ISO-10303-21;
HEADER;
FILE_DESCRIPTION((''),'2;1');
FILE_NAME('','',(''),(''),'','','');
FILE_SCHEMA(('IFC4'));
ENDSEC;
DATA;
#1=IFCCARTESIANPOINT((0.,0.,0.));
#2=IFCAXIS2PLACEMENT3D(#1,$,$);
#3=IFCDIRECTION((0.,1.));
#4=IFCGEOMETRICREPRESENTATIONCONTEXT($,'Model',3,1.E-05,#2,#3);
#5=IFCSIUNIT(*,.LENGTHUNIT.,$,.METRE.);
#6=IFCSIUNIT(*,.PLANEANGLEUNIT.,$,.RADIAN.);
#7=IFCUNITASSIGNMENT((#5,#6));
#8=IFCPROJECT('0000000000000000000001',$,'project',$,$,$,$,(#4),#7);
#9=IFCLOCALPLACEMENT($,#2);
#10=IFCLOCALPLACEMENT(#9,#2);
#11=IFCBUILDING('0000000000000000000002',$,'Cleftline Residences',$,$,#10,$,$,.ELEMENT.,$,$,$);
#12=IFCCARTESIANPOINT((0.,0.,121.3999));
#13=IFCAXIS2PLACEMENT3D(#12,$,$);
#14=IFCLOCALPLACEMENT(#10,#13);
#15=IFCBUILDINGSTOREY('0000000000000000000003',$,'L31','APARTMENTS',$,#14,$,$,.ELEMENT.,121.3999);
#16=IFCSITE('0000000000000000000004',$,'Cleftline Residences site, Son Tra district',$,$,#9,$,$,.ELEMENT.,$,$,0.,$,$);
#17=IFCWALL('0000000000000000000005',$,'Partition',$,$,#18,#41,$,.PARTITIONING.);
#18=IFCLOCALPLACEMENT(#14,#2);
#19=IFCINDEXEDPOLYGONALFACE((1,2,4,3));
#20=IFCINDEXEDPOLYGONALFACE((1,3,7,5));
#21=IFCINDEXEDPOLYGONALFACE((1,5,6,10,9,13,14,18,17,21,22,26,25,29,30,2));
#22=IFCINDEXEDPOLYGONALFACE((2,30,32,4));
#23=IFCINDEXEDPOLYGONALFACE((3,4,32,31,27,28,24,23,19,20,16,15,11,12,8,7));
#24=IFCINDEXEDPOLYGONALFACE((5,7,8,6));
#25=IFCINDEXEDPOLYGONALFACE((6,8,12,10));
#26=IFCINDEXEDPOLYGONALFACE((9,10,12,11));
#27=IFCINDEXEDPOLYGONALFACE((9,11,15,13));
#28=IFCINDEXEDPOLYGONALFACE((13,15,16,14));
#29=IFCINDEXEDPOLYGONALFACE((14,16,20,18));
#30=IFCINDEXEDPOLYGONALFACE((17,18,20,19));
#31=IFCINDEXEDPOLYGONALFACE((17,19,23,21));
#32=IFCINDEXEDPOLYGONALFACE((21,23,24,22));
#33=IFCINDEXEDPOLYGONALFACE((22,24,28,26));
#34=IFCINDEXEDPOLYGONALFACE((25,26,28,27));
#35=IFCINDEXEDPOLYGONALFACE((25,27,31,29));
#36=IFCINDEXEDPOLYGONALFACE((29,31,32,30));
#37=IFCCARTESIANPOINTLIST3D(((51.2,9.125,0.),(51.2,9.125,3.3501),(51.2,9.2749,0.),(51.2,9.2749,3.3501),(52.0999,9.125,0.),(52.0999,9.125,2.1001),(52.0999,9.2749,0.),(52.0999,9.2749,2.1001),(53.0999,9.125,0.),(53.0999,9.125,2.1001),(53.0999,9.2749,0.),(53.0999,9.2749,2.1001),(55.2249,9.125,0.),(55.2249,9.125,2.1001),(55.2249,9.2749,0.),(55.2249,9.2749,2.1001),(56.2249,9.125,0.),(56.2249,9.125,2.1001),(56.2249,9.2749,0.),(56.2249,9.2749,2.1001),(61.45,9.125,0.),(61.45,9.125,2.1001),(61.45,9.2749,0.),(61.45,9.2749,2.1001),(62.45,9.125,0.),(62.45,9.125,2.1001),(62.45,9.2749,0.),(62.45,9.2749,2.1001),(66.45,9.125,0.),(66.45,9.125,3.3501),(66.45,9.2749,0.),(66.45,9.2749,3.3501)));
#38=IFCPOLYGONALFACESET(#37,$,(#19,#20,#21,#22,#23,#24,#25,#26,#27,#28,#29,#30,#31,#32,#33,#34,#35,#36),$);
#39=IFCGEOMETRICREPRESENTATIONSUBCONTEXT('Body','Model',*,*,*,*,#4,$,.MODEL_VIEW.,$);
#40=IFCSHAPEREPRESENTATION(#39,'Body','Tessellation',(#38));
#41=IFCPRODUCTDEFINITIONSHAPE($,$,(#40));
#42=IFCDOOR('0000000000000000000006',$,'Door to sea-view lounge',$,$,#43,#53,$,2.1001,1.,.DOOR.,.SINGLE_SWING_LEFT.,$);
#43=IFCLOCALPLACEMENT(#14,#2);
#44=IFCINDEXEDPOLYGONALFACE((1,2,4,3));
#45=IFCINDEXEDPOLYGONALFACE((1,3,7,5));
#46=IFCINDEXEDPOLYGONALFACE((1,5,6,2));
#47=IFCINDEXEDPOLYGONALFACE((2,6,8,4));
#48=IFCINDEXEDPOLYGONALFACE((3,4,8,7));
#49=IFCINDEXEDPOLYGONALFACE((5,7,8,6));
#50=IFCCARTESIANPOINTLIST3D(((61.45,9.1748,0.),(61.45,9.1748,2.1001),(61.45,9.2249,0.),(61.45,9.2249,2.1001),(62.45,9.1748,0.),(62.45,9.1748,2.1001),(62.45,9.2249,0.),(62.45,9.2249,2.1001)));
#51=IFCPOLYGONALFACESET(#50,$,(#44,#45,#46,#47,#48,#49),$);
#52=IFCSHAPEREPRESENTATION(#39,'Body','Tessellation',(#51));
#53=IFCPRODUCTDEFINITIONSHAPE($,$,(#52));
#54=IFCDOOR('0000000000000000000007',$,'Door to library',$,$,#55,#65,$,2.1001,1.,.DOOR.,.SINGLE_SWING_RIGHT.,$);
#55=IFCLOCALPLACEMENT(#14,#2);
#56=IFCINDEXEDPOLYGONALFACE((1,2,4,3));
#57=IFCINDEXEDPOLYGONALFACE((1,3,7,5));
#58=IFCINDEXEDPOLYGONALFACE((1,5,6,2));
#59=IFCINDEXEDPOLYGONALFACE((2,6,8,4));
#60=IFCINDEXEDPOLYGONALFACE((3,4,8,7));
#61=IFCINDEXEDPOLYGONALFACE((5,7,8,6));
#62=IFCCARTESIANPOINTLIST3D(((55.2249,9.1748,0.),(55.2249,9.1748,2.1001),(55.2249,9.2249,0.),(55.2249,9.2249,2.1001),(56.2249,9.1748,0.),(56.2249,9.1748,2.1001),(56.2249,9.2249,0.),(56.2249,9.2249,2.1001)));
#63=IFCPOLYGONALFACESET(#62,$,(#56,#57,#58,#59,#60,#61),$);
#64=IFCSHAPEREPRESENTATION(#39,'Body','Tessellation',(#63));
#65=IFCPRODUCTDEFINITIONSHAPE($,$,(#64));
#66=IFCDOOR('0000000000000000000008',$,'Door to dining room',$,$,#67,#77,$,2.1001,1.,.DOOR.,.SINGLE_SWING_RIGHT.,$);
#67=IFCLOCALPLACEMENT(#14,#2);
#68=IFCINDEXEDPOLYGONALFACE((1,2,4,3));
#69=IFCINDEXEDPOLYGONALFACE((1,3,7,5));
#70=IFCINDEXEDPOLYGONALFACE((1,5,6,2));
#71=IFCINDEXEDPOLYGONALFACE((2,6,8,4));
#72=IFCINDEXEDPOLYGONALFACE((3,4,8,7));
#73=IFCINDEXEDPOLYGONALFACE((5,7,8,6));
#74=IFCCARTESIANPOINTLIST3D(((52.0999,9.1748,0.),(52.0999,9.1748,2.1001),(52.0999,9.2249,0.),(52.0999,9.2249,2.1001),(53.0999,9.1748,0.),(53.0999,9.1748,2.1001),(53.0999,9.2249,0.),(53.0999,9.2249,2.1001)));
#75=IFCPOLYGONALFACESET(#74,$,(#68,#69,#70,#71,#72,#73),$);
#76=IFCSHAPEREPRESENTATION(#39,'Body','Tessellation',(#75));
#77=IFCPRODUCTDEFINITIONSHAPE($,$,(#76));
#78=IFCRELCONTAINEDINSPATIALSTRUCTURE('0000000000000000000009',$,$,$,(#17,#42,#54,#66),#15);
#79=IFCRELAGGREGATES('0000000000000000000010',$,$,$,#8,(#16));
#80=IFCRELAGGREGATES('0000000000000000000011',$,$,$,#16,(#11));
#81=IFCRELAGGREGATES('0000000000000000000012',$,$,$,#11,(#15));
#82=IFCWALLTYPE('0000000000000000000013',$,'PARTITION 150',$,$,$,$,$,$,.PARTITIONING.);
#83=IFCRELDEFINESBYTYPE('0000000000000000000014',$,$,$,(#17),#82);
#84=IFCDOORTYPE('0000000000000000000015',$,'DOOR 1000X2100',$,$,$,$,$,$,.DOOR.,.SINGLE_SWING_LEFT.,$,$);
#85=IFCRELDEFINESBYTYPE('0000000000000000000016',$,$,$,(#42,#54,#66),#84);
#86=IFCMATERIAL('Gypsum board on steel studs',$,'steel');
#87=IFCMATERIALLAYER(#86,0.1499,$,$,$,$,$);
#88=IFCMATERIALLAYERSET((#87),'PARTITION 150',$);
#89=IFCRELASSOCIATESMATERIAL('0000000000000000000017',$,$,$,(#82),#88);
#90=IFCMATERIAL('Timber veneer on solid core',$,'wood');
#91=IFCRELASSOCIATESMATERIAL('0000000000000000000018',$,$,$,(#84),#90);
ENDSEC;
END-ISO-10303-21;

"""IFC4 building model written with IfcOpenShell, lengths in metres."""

from ifc_helpers import new_model, si_unit, direction, frame, frame_2d, origin, place, context, subcontext, project, spatial, rectangle, extrude, material, layer, layer_set, type_object, element, fill, save


model = new_model("IFC4")

# Units and contexts
model_context = context("Model", 3, precision=1e-05, world=origin(), true_north=direction((0.0, 1.0)))
body_context = subcontext(model_context, "Body", "Model", "MODEL_VIEW")
ifc_project = project(units=[si_unit("LENGTHUNIT", "METRE"), si_unit("PLANEANGLEUNIT", "RADIAN")], contexts=[model_context])

# Site, building, storey
site_placement = place(None, origin())
site = spatial("IfcSite", under=ifc_project, at=site_placement, Name="Cleftline Residences site, Son Tra district", CompositionType="ELEMENT", RefElevation=0.0)
building_placement = place(site_placement, origin())
building = spatial("IfcBuilding", under=site, at=building_placement, Name="Cleftline Residences", CompositionType="ELEMENT")
storey_placement = place(building_placement, frame((0.0, 0.0, 121.3999)))
storey = spatial("IfcBuildingStorey", under=building, at=storey_placement, Name="L31", Description="APARTMENTS", CompositionType="ELEMENT", Elevation=121.3999)

# Wall, openings, doors
ifc_material_1 = material(Name="Gypsum board on steel studs", Category="steel")
ifc_layer_1 = layer(ifc_material_1, 0.1499)
ifc_layer_set_1 = layer_set([ifc_layer_1], Name="PARTITION 150")
wall_type = type_object("IfcWallType", Name="PARTITION 150", PredefinedType="PARTITIONING", material=ifc_layer_set_1)
ifc_material_2 = material(Name="Timber veneer on solid core", Category="wood")
door_type = type_object("IfcDoorType", Name="DOOR 1000X2100", OperationType="SINGLE_SWING_LEFT", PredefinedType="DOOR", material=ifc_material_2)
wall_1_placement = place(storey_placement, frame((51.2, 9.2, 0.0), z_axis=(0.0, 0.0, 1.0), x_axis=(1.0, 0.0, 0.0)))
wall_1 = element("IfcWall", 1, at=wall_1_placement, inside=storey, type_object=wall_type, Name="Partition", PredefinedType="PARTITIONING", context=body_context, shape_type="SweptSolid", body=[
    extrude(rectangle(XDim=15.25, YDim=0.1499, at=frame_2d((7.625, 0.0))), origin(), (0.0, 0.0, 1.0), 3.3501),
])
opening_1_placement = place(wall_1_placement, frame((10.25, 0.0, 0.0)))
opening_1 = element("IfcOpeningElement", 2, at=opening_1_placement, cuts=wall_1, PredefinedType="OPENING", context=body_context, shape_type="SweptSolid", body=[
    extrude(rectangle(XDim=1.0, YDim=2.1001, at=frame_2d((0.5, 1.05))), frame((0.0, 0.085, 0.0), z_axis=(0.0, -1.0, 0.0), x_axis=(1.0, 0.0, 0.0)), (0.0, 0.0, 1.0), 0.1699),
])
opening_2_placement = place(wall_1_placement, frame((4.0249, 0.0, 0.0)))
opening_2 = element("IfcOpeningElement", 3, at=opening_2_placement, cuts=wall_1, PredefinedType="OPENING", context=body_context, shape_type="SweptSolid", body=[
    extrude(rectangle(XDim=1.0, YDim=2.1001, at=frame_2d((0.5, 1.05))), frame((0.0, 0.085, 0.0), z_axis=(0.0, -1.0, 0.0), x_axis=(1.0, 0.0, 0.0)), (0.0, 0.0, 1.0), 0.1699),
])
opening_3_placement = place(wall_1_placement, frame((0.8999, 0.0, 0.0)))
opening_3 = element("IfcOpeningElement", 4, at=opening_3_placement, cuts=wall_1, PredefinedType="OPENING", context=body_context, shape_type="SweptSolid", body=[
    extrude(rectangle(XDim=1.0, YDim=2.1001, at=frame_2d((0.5, 1.05))), frame((0.0, 0.085, 0.0), z_axis=(0.0, -1.0, 0.0), x_axis=(1.0, 0.0, 0.0)), (0.0, 0.0, 1.0), 0.1699),
])
door_1_placement = place(opening_1_placement, origin())
door_1 = element("IfcDoor", 5, at=door_1_placement, inside=storey, type_object=door_type, Name="Door to sea-view lounge", OperationType="SINGLE_SWING_LEFT", OverallHeight=2.1001, OverallWidth=1.0, PredefinedType="DOOR", context=body_context, shape_type="SweptSolid", body=[
    extrude(rectangle(XDim=1.0, YDim=2.1001, at=frame_2d((0.5, 1.05))), frame((0.0, 0.0249, 0.0), z_axis=(0.0, -1.0, 0.0), x_axis=(1.0, 0.0, 0.0)), (0.0, 0.0, 1.0), 0.05),
])
fill(opening_1, door_1)
door_2_placement = place(opening_2_placement, origin())
door_2 = element("IfcDoor", 6, at=door_2_placement, inside=storey, type_object=door_type, Name="Door to library", OperationType="SINGLE_SWING_RIGHT", OverallHeight=2.1001, OverallWidth=1.0, PredefinedType="DOOR", context=body_context, shape_type="SweptSolid", body=[
    extrude(rectangle(XDim=1.0, YDim=2.1001, at=frame_2d((0.5, 1.05))), frame((0.0, 0.0249, 0.0), z_axis=(0.0, -1.0, 0.0), x_axis=(1.0, 0.0, 0.0)), (0.0, 0.0, 1.0), 0.05),
])
fill(opening_2, door_2)
door_3_placement = place(opening_3_placement, origin())
door_3 = element("IfcDoor", 7, at=door_3_placement, inside=storey, type_object=door_type, Name="Door to dining room", OperationType="SINGLE_SWING_RIGHT", OverallHeight=2.1001, OverallWidth=1.0, PredefinedType="DOOR", context=body_context, shape_type="SweptSolid", body=[
    extrude(rectangle(XDim=1.0, YDim=2.1001, at=frame_2d((0.5, 1.05))), frame((0.0, 0.0249, 0.0), z_axis=(0.0, -1.0, 0.0), x_axis=(1.0, 0.0, 0.0)), (0.0, 0.0, 1.0), 0.05),
])
fill(opening_3, door_3)

save(model, "model.ifc")
